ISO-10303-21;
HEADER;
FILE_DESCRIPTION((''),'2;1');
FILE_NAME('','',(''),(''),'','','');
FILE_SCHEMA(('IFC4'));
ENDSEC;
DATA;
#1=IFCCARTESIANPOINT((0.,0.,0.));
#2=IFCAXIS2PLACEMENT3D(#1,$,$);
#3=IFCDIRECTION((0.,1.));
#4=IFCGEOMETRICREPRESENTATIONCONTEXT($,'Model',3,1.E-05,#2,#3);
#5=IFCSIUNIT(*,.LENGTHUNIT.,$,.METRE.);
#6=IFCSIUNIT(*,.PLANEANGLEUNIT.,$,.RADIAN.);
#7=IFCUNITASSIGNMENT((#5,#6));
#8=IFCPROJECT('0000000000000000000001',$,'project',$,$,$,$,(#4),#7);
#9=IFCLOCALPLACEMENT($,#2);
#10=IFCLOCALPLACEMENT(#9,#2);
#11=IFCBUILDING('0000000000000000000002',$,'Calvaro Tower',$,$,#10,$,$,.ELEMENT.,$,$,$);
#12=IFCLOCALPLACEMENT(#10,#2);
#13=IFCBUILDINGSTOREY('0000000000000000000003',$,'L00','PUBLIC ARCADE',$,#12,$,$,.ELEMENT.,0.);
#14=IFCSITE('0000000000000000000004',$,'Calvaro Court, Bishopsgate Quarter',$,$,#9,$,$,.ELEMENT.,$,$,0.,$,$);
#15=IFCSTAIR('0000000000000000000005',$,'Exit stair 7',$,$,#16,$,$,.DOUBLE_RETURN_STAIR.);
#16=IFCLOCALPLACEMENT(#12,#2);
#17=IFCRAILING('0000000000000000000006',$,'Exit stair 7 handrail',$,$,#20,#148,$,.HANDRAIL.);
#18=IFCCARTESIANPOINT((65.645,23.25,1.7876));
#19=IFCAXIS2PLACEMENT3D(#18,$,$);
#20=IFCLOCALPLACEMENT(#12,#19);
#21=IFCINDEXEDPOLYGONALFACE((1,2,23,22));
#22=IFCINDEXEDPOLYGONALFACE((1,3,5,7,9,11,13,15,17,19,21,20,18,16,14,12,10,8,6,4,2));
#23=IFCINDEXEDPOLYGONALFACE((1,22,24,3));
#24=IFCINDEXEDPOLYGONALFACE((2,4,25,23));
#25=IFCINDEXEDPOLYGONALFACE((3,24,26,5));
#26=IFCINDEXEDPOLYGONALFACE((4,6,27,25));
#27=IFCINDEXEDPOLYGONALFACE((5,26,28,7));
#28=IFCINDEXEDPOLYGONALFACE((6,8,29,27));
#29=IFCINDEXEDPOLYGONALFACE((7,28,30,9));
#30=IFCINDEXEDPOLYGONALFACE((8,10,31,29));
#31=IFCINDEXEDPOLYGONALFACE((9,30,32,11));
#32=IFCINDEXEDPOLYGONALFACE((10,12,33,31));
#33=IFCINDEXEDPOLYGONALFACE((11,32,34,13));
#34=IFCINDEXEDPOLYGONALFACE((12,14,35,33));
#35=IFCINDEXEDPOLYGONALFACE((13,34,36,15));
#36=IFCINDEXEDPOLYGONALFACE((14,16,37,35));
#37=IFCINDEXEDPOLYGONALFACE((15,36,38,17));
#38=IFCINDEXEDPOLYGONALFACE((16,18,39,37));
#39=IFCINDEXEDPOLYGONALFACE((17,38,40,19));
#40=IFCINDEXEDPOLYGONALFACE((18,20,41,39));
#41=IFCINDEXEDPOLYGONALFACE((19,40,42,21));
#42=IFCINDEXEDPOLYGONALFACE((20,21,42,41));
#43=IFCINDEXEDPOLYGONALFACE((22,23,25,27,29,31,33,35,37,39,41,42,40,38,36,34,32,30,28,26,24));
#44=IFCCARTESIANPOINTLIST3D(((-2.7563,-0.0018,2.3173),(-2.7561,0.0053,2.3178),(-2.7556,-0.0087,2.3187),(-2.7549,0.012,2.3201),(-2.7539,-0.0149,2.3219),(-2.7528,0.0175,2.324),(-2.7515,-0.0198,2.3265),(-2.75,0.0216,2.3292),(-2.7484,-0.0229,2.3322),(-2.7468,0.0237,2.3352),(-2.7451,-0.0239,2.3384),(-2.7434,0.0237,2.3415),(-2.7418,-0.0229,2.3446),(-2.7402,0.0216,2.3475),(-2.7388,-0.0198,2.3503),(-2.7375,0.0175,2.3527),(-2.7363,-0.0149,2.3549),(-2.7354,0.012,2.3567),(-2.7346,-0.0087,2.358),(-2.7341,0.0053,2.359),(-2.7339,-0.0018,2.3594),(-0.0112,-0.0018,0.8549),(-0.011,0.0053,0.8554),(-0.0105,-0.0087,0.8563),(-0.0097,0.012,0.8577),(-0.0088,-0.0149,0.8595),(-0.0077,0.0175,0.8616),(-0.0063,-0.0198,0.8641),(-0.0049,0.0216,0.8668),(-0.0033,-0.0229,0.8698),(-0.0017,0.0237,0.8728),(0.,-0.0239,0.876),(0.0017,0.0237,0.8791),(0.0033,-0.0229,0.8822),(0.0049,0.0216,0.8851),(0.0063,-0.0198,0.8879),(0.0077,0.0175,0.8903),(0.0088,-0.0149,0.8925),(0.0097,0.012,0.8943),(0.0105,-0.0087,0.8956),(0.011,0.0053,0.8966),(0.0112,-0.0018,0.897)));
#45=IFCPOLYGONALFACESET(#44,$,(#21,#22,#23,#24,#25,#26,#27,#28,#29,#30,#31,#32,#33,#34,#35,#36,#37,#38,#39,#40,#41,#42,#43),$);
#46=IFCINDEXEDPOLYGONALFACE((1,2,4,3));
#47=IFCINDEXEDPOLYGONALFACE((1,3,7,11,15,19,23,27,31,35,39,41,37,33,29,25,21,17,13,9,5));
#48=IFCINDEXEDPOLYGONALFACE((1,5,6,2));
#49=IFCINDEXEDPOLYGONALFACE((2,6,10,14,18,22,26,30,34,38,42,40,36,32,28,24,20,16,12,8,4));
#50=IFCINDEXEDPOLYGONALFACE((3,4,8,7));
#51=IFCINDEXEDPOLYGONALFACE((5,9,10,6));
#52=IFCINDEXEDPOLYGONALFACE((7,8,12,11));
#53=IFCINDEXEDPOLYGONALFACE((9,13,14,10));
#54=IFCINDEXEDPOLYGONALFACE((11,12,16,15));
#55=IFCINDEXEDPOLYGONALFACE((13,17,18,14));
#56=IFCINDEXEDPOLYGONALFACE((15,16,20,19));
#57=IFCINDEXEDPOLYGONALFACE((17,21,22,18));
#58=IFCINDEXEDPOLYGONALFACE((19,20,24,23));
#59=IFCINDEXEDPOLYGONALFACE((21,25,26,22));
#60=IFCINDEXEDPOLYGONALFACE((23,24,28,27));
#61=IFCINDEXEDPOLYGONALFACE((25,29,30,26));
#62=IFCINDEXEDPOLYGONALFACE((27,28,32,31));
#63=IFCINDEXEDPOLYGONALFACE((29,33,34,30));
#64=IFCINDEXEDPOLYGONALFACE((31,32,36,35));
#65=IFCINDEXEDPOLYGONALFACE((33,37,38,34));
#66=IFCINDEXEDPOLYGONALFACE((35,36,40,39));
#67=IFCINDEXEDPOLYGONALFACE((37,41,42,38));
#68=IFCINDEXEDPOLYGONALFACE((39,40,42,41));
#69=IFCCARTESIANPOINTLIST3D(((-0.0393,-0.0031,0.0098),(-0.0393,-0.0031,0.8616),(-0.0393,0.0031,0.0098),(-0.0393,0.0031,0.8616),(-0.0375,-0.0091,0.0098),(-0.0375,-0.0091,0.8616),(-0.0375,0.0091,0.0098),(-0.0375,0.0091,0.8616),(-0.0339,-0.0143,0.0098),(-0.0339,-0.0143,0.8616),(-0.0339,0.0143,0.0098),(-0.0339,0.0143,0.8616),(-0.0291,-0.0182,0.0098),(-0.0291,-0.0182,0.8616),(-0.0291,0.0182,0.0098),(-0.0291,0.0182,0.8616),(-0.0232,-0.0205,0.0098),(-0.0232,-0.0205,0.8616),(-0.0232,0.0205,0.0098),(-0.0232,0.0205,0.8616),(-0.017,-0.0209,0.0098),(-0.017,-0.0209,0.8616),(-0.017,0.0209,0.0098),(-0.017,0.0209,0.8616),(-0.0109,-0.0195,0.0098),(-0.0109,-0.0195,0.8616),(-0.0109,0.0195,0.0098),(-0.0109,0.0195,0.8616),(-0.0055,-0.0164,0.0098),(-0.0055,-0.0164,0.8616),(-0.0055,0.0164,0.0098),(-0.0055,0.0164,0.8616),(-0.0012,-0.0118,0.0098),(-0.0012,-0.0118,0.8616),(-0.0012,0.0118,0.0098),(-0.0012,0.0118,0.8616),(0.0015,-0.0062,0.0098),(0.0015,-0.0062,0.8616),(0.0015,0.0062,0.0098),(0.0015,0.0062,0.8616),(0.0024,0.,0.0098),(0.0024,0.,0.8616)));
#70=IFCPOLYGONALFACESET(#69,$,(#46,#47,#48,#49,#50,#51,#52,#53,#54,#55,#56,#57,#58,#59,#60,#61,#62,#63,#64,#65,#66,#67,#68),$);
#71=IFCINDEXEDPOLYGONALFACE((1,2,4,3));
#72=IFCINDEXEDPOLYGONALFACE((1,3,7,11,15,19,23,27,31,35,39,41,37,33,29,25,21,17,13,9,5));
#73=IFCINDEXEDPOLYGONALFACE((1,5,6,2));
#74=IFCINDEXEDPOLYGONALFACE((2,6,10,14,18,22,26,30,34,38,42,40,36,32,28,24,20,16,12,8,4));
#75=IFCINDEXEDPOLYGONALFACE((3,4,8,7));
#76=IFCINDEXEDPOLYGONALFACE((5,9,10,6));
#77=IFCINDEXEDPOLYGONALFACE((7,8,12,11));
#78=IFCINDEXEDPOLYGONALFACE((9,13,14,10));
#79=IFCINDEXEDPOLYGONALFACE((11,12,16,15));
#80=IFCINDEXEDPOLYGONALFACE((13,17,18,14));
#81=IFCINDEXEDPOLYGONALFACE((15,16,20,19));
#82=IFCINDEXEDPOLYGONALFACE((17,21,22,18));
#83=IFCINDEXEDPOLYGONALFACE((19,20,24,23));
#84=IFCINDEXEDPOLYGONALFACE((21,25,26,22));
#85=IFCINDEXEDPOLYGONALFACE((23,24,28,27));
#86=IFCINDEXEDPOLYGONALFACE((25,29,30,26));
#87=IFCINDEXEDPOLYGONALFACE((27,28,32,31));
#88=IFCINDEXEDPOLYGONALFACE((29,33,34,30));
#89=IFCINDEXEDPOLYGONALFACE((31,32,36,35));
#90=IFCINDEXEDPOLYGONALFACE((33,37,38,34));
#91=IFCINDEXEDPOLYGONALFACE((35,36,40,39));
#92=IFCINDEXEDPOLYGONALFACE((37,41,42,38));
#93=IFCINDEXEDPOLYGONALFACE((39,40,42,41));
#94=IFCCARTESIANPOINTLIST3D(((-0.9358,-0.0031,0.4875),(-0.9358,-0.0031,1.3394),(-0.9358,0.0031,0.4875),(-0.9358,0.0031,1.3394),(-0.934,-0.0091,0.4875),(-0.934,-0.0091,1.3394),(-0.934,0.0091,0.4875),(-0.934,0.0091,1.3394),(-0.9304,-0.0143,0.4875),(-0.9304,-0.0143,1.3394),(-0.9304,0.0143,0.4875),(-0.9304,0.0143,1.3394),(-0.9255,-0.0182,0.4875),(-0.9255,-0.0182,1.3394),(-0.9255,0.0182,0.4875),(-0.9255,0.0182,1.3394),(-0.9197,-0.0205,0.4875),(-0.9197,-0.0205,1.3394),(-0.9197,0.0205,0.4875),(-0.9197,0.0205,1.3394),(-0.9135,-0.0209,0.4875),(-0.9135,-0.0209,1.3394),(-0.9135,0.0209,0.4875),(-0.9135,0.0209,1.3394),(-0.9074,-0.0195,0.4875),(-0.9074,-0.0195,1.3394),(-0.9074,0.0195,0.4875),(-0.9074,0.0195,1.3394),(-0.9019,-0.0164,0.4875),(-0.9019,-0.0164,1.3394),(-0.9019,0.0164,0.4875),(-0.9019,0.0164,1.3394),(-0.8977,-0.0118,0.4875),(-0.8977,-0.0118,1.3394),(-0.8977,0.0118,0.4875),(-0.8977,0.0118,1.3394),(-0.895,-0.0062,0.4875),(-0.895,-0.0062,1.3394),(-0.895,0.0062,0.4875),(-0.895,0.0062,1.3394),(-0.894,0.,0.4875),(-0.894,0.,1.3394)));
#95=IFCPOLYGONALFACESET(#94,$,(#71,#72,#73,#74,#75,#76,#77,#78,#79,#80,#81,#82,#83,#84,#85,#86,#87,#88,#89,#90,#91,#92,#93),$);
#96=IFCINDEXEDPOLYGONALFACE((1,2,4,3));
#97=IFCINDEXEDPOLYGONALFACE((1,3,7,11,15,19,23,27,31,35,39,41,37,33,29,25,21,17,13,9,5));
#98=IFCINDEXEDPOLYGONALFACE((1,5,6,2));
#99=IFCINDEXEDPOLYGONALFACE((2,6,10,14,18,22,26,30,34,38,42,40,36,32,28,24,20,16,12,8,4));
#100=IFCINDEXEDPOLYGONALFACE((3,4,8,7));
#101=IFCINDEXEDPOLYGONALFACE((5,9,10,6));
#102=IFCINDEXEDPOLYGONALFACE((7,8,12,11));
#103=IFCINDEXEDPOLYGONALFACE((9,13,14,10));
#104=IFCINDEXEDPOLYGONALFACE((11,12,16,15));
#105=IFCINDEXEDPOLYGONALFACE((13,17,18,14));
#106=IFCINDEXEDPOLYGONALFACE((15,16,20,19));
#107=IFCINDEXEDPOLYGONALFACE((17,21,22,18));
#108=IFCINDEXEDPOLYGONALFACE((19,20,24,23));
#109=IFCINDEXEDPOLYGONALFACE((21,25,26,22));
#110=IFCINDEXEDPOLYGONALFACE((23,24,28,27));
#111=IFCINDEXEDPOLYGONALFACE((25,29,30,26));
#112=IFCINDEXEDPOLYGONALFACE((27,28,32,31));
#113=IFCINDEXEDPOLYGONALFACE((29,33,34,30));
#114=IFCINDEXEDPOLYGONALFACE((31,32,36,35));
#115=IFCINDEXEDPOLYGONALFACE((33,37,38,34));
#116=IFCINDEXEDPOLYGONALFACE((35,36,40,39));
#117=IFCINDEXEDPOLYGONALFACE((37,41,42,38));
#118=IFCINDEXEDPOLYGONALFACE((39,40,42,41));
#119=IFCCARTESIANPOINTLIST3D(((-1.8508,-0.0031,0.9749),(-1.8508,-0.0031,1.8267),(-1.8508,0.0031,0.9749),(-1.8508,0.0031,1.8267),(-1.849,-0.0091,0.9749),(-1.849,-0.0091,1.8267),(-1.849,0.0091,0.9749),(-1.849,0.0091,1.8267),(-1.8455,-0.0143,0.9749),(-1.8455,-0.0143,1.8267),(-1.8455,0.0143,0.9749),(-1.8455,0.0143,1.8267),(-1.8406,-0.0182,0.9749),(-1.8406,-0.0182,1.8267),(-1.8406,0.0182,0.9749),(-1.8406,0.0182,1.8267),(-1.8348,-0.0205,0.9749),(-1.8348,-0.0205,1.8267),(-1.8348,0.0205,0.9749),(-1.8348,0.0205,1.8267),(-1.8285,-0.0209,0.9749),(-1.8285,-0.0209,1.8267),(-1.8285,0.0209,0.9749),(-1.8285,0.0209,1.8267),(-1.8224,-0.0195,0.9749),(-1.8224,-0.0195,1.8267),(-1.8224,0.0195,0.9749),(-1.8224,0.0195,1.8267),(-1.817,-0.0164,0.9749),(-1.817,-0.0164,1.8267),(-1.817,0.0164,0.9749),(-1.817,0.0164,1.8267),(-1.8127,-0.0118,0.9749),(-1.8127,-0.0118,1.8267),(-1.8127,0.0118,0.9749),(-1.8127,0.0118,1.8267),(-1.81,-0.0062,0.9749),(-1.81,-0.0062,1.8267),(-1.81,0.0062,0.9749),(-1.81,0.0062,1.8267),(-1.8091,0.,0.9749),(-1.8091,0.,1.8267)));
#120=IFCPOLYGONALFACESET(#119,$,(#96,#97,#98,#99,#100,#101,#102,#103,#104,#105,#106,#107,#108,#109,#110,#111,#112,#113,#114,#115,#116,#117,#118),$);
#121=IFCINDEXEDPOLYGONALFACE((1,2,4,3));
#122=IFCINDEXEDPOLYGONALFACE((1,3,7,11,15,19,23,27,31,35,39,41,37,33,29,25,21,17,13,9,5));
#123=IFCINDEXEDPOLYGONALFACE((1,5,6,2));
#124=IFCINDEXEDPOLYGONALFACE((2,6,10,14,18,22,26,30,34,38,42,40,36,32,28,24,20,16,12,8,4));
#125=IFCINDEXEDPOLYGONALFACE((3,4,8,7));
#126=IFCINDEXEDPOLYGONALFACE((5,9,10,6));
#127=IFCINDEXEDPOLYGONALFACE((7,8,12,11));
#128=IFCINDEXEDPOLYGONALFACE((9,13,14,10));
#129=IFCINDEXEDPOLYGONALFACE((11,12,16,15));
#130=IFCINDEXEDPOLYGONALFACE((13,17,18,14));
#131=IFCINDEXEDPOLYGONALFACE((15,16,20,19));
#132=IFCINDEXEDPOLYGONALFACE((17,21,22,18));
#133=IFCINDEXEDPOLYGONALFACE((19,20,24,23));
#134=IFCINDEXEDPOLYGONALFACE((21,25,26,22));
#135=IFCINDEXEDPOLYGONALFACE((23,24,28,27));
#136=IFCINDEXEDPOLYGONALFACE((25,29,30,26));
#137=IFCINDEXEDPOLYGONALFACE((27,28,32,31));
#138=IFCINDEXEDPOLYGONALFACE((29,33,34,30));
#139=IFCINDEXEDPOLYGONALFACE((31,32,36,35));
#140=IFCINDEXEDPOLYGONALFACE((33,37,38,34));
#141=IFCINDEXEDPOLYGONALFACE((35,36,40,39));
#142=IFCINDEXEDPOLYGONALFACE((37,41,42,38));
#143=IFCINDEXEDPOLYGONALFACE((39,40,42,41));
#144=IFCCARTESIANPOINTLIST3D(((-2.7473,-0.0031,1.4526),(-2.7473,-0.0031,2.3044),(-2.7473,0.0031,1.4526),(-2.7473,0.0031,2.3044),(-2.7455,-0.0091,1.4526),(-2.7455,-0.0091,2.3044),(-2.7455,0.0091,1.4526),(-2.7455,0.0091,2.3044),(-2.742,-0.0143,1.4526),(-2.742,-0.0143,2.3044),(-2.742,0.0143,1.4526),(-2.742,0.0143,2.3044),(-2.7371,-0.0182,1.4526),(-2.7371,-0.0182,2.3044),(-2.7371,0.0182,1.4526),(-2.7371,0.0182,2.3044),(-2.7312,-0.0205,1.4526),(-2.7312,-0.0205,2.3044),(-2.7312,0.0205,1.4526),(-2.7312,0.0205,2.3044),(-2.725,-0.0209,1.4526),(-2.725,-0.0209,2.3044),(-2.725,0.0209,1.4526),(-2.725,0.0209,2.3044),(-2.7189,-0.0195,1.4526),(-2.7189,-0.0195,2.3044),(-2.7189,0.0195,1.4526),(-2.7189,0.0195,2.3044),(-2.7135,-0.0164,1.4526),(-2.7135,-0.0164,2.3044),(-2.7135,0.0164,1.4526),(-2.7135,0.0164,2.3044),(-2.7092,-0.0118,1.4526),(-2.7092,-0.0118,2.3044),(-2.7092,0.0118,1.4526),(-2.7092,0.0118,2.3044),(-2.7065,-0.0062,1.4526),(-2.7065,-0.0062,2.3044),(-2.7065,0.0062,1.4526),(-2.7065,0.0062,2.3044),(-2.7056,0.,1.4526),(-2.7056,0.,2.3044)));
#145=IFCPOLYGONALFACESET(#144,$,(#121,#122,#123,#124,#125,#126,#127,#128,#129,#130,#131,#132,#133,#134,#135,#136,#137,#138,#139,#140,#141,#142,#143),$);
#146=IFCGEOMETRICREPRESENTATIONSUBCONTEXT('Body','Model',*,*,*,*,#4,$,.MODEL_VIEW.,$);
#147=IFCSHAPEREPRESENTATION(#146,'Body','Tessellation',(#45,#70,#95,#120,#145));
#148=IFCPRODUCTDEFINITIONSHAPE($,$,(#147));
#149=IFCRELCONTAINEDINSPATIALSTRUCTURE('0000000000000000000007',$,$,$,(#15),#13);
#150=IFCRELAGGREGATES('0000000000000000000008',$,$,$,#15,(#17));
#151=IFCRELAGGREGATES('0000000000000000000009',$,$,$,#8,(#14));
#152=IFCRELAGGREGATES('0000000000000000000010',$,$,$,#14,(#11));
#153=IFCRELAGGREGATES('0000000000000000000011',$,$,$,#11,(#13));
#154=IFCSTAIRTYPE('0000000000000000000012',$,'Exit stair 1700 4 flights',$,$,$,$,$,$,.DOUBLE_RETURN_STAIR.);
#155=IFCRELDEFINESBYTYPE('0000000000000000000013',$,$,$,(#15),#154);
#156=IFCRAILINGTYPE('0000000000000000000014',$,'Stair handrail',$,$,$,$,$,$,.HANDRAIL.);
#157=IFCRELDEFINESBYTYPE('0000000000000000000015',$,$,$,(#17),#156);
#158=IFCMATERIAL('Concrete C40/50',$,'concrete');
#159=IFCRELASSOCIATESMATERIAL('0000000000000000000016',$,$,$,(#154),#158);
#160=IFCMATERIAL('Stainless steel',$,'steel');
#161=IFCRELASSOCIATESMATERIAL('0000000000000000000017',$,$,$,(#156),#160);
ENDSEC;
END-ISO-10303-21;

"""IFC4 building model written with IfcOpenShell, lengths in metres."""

from ifc_helpers import new_model, si_unit, direction, frame, origin, origin_2d, place, context, subcontext, project, spatial, circle, extrude, material, type_object, element, aggregate, save


model = new_model("IFC4")

# Units and contexts
model_context = context("Model", 3, precision=1e-05, world=origin(), true_north=direction((0.0, 1.0)))
body_context = subcontext(model_context, "Body", "Model", "MODEL_VIEW")
ifc_project = project(units=[si_unit("LENGTHUNIT", "METRE"), si_unit("PLANEANGLEUNIT", "RADIAN")], contexts=[model_context])

# Site, building, storey
site_placement = place(None, origin())
site = spatial("IfcSite", under=ifc_project, at=site_placement, Name="Calvaro Court, Bishopsgate Quarter", CompositionType="ELEMENT", RefElevation=0.0)
building_placement = place(site_placement, origin())
building = spatial("IfcBuilding", under=site, at=building_placement, Name="Calvaro Tower", CompositionType="ELEMENT")
storey_placement = place(building_placement, origin())
storey = spatial("IfcBuildingStorey", under=building, at=storey_placement, Name="L00", Description="PUBLIC ARCADE", CompositionType="ELEMENT", Elevation=0.0)

# Stair, railing
ifc_material_1 = material(Name="Concrete C40/50", Category="concrete")
stair_type = type_object("IfcStairType", Name="Exit stair 1700 4 flights", PredefinedType="DOUBLE_RETURN_STAIR", material=ifc_material_1)
stair_placement = place(storey_placement, origin())
stair = element("IfcStair", 1, at=stair_placement, inside=storey, type_object=stair_type, Name="Exit stair 7", PredefinedType="DOUBLE_RETURN_STAIR")
ifc_material_2 = material(Name="Stainless steel", Category="steel")
railing_type = type_object("IfcRailingType", Name="Stair handrail", PredefinedType="HANDRAIL", material=ifc_material_2)
railing_1_placement = place(storey_placement, frame((65.645, 23.25, 1.7876)))
railing_1 = element("IfcRailing", 2, at=railing_1_placement, type_object=railing_type, Name="Exit stair 7 handrail", PredefinedType="HANDRAIL", context=body_context, shape_type="SweptSolid", body=[
    extrude(circle(Radius=0.0239, at=origin_2d()), frame((0.0, 0.0, 0.876), z_axis=(-0.882574, 0.0, 0.470173), x_axis=(0.0, -1.0, 0.0)), (0.0, 0.0, 1.0), 3.1104),
    extrude(circle(Radius=0.021, at=origin_2d()), frame((-0.0186, 0.0, 0.0098)), (0.0, 0.0, 1.0), 0.8518),
    extrude(circle(Radius=0.021, at=origin_2d()), frame((-0.915, 0.0, 0.4875)), (0.0, 0.0, 1.0), 0.8518),
    extrude(circle(Radius=0.021, at=origin_2d()), frame((-1.8301, 0.0, 0.9749)), (0.0, 0.0, 1.0), 0.8518),
    extrude(circle(Radius=0.021, at=origin_2d()), frame((-2.7266, 0.0, 1.4526)), (0.0, 0.0, 1.0), 0.8518),
])
aggregate(stair, [railing_1])

save(model, "model.ifc")
